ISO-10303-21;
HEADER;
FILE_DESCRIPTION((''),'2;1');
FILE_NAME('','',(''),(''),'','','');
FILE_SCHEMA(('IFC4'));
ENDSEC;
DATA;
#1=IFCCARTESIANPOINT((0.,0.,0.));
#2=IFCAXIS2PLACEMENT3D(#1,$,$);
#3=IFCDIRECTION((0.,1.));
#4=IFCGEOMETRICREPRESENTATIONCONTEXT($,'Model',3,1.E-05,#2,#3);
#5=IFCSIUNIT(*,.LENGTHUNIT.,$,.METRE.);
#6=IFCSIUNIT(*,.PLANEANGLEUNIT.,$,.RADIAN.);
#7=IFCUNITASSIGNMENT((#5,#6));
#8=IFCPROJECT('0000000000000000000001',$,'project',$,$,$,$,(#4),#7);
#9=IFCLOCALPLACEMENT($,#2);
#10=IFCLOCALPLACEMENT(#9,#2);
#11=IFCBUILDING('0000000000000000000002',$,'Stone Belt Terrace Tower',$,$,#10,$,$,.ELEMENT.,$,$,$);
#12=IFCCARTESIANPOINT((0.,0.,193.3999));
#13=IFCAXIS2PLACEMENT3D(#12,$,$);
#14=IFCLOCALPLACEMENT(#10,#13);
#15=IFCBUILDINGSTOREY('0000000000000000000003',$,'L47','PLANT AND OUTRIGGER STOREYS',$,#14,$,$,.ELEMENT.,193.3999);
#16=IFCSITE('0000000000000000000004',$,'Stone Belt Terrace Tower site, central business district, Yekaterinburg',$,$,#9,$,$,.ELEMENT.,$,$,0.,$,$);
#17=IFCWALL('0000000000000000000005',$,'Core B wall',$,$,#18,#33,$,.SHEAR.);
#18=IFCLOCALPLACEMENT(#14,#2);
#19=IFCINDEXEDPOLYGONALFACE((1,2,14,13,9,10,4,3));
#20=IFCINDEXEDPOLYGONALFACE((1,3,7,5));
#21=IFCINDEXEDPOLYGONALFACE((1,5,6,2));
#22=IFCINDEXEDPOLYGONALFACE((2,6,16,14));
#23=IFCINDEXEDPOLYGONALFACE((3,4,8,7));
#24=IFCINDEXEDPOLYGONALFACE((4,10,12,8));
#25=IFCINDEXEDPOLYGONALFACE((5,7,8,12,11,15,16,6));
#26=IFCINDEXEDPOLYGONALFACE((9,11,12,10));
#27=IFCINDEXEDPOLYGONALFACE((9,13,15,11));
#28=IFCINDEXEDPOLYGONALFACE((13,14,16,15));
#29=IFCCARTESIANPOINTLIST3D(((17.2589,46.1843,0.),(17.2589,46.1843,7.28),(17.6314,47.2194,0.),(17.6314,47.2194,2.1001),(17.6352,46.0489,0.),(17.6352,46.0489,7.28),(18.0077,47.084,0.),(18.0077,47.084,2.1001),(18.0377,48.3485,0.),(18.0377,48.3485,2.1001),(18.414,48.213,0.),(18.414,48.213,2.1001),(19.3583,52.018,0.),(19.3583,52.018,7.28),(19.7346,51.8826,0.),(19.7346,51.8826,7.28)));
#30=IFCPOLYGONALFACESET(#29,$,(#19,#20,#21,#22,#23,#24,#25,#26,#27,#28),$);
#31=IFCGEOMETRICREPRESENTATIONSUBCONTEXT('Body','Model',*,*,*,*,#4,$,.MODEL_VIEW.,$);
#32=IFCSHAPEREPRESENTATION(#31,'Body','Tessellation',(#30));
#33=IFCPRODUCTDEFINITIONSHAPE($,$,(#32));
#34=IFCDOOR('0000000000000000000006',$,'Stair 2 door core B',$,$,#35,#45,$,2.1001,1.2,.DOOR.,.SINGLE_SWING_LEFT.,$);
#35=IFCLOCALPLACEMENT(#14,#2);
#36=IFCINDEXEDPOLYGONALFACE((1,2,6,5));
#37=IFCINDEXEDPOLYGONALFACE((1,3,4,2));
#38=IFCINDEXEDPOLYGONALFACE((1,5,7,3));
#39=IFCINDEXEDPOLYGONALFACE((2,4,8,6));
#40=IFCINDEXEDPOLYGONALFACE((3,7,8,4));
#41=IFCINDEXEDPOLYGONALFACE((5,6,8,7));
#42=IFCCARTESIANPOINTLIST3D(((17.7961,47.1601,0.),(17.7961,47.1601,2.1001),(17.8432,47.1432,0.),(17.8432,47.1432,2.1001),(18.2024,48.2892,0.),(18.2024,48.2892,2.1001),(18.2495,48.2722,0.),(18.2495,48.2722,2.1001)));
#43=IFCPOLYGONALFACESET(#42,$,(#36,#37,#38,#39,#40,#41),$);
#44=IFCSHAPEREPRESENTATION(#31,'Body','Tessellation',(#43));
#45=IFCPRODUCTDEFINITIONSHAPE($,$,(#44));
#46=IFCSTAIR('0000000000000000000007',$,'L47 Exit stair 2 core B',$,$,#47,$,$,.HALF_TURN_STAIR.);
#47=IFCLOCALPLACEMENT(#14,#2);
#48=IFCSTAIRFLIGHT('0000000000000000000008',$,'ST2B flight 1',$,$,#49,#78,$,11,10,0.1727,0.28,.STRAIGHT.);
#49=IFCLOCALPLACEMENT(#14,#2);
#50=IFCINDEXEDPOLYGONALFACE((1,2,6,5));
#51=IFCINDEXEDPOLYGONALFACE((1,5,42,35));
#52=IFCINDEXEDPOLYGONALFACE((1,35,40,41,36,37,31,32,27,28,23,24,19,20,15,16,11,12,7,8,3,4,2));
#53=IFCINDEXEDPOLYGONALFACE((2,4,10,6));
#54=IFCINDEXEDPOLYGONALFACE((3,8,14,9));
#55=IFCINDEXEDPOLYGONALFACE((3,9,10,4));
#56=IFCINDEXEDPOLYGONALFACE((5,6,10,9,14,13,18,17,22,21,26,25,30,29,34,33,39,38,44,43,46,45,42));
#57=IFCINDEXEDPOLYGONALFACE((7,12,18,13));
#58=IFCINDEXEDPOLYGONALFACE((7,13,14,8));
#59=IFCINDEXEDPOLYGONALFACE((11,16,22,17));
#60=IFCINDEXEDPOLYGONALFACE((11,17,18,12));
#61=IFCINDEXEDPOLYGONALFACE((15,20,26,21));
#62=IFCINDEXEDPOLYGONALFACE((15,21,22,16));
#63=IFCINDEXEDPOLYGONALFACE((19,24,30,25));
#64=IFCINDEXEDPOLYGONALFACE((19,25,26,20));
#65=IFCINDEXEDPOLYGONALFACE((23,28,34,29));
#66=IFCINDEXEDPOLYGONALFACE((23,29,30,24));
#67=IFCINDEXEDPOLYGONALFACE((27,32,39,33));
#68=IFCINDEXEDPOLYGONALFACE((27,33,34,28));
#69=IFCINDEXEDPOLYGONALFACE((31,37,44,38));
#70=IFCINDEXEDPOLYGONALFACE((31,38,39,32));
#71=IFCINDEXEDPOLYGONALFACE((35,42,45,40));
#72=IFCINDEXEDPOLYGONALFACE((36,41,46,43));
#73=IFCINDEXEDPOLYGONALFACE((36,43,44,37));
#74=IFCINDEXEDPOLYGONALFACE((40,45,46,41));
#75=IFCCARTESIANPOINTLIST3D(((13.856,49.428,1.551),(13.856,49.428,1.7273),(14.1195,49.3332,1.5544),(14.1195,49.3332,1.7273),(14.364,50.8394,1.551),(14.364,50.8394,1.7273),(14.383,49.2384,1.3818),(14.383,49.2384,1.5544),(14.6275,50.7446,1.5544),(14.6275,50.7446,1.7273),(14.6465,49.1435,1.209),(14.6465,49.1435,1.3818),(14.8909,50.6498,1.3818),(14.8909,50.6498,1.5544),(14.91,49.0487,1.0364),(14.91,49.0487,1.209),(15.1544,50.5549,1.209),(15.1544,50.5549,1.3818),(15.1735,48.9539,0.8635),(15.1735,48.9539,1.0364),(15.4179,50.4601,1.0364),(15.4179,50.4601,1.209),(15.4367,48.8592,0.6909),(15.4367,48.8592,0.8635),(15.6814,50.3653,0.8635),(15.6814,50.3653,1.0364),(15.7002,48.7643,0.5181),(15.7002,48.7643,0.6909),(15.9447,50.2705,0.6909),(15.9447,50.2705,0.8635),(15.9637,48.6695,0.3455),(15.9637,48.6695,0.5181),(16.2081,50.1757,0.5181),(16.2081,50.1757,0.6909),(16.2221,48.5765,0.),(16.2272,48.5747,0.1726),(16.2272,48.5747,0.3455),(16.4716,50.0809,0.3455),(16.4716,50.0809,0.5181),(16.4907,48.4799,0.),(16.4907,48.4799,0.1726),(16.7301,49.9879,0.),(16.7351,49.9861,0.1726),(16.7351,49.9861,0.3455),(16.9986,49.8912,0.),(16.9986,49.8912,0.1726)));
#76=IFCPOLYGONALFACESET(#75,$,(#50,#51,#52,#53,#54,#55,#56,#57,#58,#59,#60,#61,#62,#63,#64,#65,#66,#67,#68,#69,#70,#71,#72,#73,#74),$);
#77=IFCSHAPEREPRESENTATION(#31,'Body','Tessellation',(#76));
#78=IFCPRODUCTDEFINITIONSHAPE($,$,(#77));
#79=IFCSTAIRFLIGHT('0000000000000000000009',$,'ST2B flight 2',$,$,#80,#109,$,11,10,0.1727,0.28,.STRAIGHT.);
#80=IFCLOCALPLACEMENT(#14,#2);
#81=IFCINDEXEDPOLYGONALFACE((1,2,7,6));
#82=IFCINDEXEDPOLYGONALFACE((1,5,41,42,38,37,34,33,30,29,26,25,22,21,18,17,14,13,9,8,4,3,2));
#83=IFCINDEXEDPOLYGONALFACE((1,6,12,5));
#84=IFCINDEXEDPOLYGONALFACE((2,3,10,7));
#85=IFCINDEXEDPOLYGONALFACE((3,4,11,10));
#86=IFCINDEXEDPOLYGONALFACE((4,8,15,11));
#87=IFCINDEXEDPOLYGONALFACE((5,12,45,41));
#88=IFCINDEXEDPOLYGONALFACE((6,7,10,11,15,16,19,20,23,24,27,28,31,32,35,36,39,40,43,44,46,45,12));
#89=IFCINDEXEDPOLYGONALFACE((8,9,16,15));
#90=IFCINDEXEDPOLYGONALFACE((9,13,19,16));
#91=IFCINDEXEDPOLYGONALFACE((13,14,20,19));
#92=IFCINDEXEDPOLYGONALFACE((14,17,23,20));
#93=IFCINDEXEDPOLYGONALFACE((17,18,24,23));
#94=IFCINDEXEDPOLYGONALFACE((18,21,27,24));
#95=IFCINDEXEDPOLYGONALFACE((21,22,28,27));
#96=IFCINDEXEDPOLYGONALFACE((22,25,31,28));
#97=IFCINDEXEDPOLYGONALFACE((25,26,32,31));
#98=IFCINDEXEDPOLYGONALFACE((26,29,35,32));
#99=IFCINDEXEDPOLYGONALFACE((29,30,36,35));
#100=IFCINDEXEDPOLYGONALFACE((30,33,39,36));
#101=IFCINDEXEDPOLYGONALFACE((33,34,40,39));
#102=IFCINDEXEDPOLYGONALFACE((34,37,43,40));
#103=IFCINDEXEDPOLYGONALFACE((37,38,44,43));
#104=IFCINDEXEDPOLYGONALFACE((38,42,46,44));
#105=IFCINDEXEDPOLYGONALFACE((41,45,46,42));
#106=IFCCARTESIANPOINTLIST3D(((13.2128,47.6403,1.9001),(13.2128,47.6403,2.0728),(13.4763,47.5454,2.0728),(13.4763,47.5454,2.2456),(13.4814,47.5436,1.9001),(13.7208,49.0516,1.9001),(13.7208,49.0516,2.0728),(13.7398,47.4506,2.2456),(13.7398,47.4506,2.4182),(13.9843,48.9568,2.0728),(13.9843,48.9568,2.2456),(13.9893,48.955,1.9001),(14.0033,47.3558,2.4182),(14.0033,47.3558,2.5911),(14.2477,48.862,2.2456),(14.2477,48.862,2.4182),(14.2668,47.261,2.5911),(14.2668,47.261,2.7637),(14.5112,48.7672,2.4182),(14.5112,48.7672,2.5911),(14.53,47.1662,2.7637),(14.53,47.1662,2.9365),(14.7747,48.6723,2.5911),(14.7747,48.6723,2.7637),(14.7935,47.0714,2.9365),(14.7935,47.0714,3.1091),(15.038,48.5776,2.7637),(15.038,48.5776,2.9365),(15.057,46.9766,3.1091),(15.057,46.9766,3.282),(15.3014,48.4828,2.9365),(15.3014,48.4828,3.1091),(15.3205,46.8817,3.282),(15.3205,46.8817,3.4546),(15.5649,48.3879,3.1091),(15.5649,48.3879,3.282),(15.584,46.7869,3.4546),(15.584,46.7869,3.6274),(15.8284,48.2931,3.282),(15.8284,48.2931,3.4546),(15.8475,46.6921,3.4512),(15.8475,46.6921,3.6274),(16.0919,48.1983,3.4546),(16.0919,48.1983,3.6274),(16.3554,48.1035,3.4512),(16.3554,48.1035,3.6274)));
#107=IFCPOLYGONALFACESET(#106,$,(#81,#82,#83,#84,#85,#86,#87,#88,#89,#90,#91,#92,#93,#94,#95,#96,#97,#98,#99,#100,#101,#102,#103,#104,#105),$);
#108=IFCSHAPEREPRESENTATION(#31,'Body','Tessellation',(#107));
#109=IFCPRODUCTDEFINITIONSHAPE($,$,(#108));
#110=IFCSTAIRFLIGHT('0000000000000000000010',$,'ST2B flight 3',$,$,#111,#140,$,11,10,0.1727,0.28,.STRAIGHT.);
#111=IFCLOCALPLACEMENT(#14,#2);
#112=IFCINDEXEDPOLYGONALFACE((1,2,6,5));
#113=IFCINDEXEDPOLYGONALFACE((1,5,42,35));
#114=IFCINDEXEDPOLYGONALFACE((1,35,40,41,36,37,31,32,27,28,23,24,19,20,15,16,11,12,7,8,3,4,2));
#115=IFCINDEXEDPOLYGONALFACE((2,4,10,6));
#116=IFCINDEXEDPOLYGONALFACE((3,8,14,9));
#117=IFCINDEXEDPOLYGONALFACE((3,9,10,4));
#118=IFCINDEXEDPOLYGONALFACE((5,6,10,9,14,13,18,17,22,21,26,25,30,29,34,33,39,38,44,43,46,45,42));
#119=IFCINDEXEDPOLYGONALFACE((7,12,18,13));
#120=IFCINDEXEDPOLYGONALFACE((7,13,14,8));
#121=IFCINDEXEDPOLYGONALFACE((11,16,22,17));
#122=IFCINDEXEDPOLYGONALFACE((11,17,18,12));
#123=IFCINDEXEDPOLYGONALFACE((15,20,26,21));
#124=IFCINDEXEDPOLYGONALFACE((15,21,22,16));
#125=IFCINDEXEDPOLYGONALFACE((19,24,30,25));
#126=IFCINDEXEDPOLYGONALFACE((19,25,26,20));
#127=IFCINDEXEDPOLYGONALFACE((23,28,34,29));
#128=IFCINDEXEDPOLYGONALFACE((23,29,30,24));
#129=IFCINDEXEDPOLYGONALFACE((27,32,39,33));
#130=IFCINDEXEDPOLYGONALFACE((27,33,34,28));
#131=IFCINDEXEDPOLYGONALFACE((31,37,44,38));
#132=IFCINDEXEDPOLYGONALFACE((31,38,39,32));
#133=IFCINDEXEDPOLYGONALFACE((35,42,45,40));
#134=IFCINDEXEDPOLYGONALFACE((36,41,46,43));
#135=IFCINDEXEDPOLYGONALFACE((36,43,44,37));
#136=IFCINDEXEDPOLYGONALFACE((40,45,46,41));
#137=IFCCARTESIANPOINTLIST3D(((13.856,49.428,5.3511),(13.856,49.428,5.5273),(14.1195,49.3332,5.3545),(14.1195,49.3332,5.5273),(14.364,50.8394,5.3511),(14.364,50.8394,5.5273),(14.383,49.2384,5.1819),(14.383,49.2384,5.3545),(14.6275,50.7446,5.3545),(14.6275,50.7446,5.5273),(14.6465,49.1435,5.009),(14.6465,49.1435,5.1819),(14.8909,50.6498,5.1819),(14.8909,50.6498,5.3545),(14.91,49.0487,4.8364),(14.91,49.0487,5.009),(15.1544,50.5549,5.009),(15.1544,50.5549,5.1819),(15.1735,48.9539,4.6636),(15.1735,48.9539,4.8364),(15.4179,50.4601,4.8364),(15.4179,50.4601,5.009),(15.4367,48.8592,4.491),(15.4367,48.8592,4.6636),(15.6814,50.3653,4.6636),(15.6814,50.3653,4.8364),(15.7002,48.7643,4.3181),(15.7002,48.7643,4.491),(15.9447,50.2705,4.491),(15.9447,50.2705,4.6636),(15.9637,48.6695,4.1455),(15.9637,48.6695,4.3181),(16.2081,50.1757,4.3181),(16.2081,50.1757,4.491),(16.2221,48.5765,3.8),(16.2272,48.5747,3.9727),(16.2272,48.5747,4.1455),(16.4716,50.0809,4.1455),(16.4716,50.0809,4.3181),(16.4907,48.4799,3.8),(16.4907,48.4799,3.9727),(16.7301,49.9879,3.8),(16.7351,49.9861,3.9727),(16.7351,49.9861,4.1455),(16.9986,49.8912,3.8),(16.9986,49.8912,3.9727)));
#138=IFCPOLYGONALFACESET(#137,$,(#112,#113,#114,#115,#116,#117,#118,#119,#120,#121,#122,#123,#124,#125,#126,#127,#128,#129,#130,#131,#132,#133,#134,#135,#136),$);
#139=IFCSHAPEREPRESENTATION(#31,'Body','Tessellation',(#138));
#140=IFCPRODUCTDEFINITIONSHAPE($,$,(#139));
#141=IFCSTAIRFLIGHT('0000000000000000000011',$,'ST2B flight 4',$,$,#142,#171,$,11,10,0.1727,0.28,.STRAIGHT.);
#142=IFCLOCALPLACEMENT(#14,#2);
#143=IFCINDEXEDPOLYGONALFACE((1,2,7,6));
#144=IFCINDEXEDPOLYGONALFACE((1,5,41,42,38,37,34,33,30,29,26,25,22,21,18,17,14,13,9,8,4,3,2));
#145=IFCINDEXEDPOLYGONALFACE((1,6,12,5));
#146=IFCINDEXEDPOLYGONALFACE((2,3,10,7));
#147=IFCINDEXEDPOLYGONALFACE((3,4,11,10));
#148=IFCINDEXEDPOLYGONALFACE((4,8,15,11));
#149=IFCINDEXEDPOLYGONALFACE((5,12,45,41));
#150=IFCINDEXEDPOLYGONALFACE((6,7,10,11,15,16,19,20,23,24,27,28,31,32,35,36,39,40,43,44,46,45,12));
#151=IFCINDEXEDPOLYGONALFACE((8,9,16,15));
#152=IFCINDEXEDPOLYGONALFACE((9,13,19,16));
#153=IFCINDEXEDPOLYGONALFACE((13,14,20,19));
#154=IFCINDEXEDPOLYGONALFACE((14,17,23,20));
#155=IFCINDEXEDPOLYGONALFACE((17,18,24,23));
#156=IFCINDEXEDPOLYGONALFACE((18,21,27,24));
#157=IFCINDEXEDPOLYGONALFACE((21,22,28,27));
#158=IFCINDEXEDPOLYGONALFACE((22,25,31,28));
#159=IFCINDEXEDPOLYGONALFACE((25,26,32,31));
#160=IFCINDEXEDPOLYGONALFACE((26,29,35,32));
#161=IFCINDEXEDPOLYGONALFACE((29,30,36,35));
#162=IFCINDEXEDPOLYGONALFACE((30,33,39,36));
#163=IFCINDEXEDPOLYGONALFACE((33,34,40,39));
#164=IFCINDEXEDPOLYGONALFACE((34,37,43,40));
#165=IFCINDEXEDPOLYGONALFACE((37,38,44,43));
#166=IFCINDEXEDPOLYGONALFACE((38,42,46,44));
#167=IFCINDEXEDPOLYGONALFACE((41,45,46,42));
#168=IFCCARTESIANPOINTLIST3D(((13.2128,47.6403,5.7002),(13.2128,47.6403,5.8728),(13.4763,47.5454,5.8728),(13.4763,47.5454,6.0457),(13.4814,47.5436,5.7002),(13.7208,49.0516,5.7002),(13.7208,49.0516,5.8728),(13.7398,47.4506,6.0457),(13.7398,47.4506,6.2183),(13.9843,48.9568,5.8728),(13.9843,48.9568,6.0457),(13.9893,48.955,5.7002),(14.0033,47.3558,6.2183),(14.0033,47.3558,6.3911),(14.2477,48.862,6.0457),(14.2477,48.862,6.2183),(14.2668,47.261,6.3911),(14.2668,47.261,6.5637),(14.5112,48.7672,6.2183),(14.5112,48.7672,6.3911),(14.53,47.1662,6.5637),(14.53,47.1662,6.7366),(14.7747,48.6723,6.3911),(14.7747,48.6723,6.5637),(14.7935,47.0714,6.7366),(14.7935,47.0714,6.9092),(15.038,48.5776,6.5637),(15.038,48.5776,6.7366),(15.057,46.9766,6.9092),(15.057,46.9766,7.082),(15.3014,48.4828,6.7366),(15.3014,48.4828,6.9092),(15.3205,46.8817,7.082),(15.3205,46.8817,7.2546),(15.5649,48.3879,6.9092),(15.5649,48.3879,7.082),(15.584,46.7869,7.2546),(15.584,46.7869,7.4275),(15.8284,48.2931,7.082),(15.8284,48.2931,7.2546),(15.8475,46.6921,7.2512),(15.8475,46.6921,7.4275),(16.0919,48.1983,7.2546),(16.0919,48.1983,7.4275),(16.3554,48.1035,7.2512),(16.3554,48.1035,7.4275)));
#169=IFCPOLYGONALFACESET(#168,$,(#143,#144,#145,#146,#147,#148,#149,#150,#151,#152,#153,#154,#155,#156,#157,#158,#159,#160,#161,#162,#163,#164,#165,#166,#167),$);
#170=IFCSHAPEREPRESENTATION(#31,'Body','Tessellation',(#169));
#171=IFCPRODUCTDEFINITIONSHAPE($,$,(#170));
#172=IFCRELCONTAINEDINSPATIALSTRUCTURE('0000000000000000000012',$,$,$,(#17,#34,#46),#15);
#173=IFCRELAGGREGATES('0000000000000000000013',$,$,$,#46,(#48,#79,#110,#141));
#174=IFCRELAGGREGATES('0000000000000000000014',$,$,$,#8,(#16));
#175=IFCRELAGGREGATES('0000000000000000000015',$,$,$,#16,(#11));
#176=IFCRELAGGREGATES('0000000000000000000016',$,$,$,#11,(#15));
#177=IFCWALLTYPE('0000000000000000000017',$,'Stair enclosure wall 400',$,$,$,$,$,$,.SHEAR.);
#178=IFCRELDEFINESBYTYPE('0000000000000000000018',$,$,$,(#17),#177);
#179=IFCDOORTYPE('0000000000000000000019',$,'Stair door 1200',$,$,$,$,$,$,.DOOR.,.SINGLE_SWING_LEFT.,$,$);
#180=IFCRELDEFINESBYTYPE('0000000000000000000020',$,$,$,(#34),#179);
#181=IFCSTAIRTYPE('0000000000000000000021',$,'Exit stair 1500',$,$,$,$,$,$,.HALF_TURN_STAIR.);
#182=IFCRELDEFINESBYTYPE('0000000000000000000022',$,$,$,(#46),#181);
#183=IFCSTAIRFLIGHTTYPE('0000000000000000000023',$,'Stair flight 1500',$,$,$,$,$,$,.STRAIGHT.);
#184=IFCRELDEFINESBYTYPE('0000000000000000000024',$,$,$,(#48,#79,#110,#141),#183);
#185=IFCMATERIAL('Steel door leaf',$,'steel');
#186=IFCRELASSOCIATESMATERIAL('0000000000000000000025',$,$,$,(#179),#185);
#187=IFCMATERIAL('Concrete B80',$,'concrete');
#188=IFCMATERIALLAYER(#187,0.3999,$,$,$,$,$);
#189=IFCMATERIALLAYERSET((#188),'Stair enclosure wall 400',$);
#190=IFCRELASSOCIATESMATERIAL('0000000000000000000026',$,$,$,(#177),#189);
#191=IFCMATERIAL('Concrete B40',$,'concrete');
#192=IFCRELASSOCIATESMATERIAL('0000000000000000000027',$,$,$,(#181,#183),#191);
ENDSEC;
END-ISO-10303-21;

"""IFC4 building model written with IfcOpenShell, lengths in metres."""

from ifc_helpers import new_model, si_unit, direction, frame, frame_2d, origin, place, context, subcontext, project, spatial, polyline, rectangle, outline, extrude, material, layer, layer_set, type_object, element, fill, aggregate, save


model = new_model("IFC4")

# Units and contexts
model_context = context("Model", 3, precision=1e-05, world=origin(), true_north=direction((0.0, 1.0)))
body_context = subcontext(model_context, "Body", "Model", "MODEL_VIEW")
ifc_project = project(units=[si_unit("LENGTHUNIT", "METRE"), si_unit("PLANEANGLEUNIT", "RADIAN")], contexts=[model_context])

# Site, building, storey
site_placement = place(None, origin())
site = spatial("IfcSite", under=ifc_project, at=site_placement, Name="Stone Belt Terrace Tower site, central business district, Yekaterinburg", CompositionType="ELEMENT", RefElevation=0.0)
building_placement = place(site_placement, origin())
building = spatial("IfcBuilding", under=site, at=building_placement, Name="Stone Belt Terrace Tower", CompositionType="ELEMENT")
storey_placement = place(building_placement, frame((0.0, 0.0, 193.3999)))
storey = spatial("IfcBuildingStorey", under=building, at=storey_placement, Name="L47", Description="PLANT AND OUTRIGGER STOREYS", CompositionType="ELEMENT", Elevation=193.3999)

# Shared definitions
ifc_material_1 = material(Name="Concrete B80", Category="concrete")

# Wall, opening, door
ifc_material_2 = material(Name="Steel door leaf", Category="steel")
door_type_1 = type_object("IfcDoorType", Name="Stair door 1200", OperationType="SINGLE_SWING_LEFT", PredefinedType="DOOR", material=ifc_material_2)
ifc_layer_1 = layer(ifc_material_1, 0.3999)
ifc_layer_set_1 = layer_set([ifc_layer_1], Name="Stair enclosure wall 400")
wall_type_1 = type_object("IfcWallType", Name="Stair enclosure wall 400", PredefinedType="SHEAR", material=ifc_layer_set_1)
wall_1_placement = place(storey_placement, frame((17.447, 46.1165, 0.0), z_axis=(0.0, 0.0, 1.0), x_axis=(0.338608, 0.940928, 0.0)))
wall_1 = element("IfcWall", 1, at=wall_1_placement, inside=storey, type_object=wall_type_1, Name="Core B wall", PredefinedType="SHEAR", context=body_context, shape_type="SweptSolid", body=[
    extrude(rectangle(XDim=6.2, YDim=0.3999, at=frame_2d((3.1001, 0.0))), origin(), (0.0, 0.0, 1.0), 7.28),
])
opening_1_placement = place(wall_1_placement, frame((1.1001, 0.0, 0.0)))
opening_1 = element("IfcOpeningElement", 2, at=opening_1_placement, cuts=wall_1, PredefinedType="OPENING", context=body_context, shape_type="SweptSolid", body=[
    extrude(rectangle(XDim=1.2, YDim=2.1001, at=frame_2d((0.6001, 1.05))), frame((0.0, 0.21, 0.0), z_axis=(0.0, -1.0, 0.0), x_axis=(1.0, 0.0, 0.0)), (0.0, 0.0, 1.0), 0.4199),
])
door_1_placement = place(opening_1_placement, origin())
door_1 = element("IfcDoor", 3, at=door_1_placement, inside=storey, type_object=door_type_1, Name="Stair 2 door core B", OperationType="SINGLE_SWING_LEFT", OverallHeight=2.1001, OverallWidth=1.2, PredefinedType="DOOR", context=body_context, shape_type="SweptSolid", body=[
    extrude(rectangle(XDim=1.2, YDim=2.1001, at=frame_2d((0.6001, 1.05))), frame((0.0, 0.0249, 0.0), z_axis=(0.0, -1.0, 0.0), x_axis=(1.0, 0.0, 0.0)), (0.0, 0.0, 1.0), 0.05),
])
fill(opening_1, door_1)

# Stair, stair flights
ifc_material_3 = material(Name="Concrete B40", Category="concrete")
stair_type = type_object("IfcStairType", Name="Exit stair 1500", PredefinedType="HALF_TURN_STAIR", material=ifc_material_3)
stair_placement = place(storey_placement, origin())
stair = element("IfcStair", 4, at=stair_placement, inside=storey, type_object=stair_type, Name="L47 Exit stair 2 core B", PredefinedType="HALF_TURN_STAIR")
stair_flight_type = type_object("IfcStairFlightType", Name="Stair flight 1500", PredefinedType="STRAIGHT", material=ifc_material_3)
stair_flight_1_placement = place(storey_placement, frame((16.7446, 49.1855, 0.0), z_axis=(0.0, 0.0, 1.0), x_axis=(-0.940922, 0.338624, 0.0)))
stair_flight_1 = element("IfcStairFlight", 5, at=stair_flight_1_placement, type_object=stair_flight_type, Name="ST2B flight 1", NumberOfRisers=11, NumberOfTreads=10, PredefinedType="STRAIGHT", RiserHeight=0.1727, TreadLength=0.28, context=body_context, shape_type="SweptSolid", body=[
    extrude(outline(polyline([(0.0, 0.0), (0.0, 0.1726), (0.28, 0.1726), (0.28, 0.3455), (0.5601, 0.3455), (0.5601, 0.5181), (0.8401, 0.5181), (0.8401, 0.6909), (1.1201, 0.6909), (1.1201, 0.8635), (1.3999, 0.8635), (1.3999, 1.0364), (1.6799, 1.0364), (1.6799, 1.209), (1.96, 1.209), (1.96, 1.3818), (2.24, 1.3818), (2.24, 1.5544), (2.52, 1.5544), (2.52, 1.7273), (2.8, 1.7273), (2.8, 1.8999), (2.8, 1.551), (0.2854, 0.0), (0.0, 0.0)])), frame((0.0, 0.75, 0.0), z_axis=(0.0, -1.0, 0.0), x_axis=(1.0, 0.0, 0.0)), (0.0, 0.0, 1.0), 1.5),
])
stair_flight_2_placement = place(storey_placement, frame((13.4668, 48.3459, 1.9001), z_axis=(0.0, 0.0, 1.0), x_axis=(0.940922, -0.338624, 0.0)))
stair_flight_2 = element("IfcStairFlight", 6, at=stair_flight_2_placement, type_object=stair_flight_type, Name="ST2B flight 2", NumberOfRisers=11, NumberOfTreads=10, PredefinedType="STRAIGHT", RiserHeight=0.1727, TreadLength=0.28, context=body_context, shape_type="SweptSolid", body=[
    extrude(outline(polyline([(0.0, 0.0), (0.0, 0.1726), (0.28, 0.1726), (0.28, 0.3455), (0.5601, 0.3455), (0.5601, 0.5181), (0.8401, 0.5181), (0.8401, 0.6909), (1.1201, 0.6909), (1.1201, 0.8635), (1.3999, 0.8635), (1.3999, 1.0364), (1.6799, 1.0364), (1.6799, 1.209), (1.96, 1.209), (1.96, 1.3818), (2.24, 1.3818), (2.24, 1.5544), (2.52, 1.5544), (2.52, 1.7273), (2.8, 1.7273), (2.8, 1.8999), (2.8, 1.551), (0.2854, 0.0), (0.0, 0.0)])), frame((0.0, 0.75, 0.0), z_axis=(0.0, -1.0, 0.0), x_axis=(1.0, 0.0, 0.0)), (0.0, 0.0, 1.0), 1.5),
])
stair_flight_3_placement = place(storey_placement, frame((16.7446, 49.1855, 3.8), z_axis=(0.0, 0.0, 1.0), x_axis=(-0.940922, 0.338624, 0.0)))
stair_flight_3 = element("IfcStairFlight", 7, at=stair_flight_3_placement, type_object=stair_flight_type, Name="ST2B flight 3", NumberOfRisers=11, NumberOfTreads=10, PredefinedType="STRAIGHT", RiserHeight=0.1727, TreadLength=0.28, context=body_context, shape_type="SweptSolid", body=[
    extrude(outline(polyline([(0.0, 0.0), (0.0, 0.1726), (0.28, 0.1726), (0.28, 0.3455), (0.5601, 0.3455), (0.5601, 0.5181), (0.8401, 0.5181), (0.8401, 0.6909), (1.1201, 0.6909), (1.1201, 0.8635), (1.3999, 0.8635), (1.3999, 1.0364), (1.6799, 1.0364), (1.6799, 1.209), (1.96, 1.209), (1.96, 1.3818), (2.24, 1.3818), (2.24, 1.5544), (2.52, 1.5544), (2.52, 1.7273), (2.8, 1.7273), (2.8, 1.8999), (2.8, 1.551), (0.2854, 0.0), (0.0, 0.0)])), frame((0.0, 0.75, 0.0), z_axis=(0.0, -1.0, 0.0), x_axis=(1.0, 0.0, 0.0)), (0.0, 0.0, 1.0), 1.5),
])
stair_flight_4_placement = place(storey_placement, frame((13.4668, 48.3459, 5.7002), z_axis=(0.0, 0.0, 1.0), x_axis=(0.940922, -0.338624, 0.0)))
stair_flight_4 = element("IfcStairFlight", 8, at=stair_flight_4_placement, type_object=stair_flight_type, Name="ST2B flight 4", NumberOfRisers=11, NumberOfTreads=10, PredefinedType="STRAIGHT", RiserHeight=0.1727, TreadLength=0.28, context=body_context, shape_type="SweptSolid", body=[
    extrude(outline(polyline([(0.0, 0.0), (0.0, 0.1726), (0.28, 0.1726), (0.28, 0.3455), (0.5601, 0.3455), (0.5601, 0.5181), (0.8401, 0.5181), (0.8401, 0.6909), (1.1201, 0.6909), (1.1201, 0.8635), (1.3999, 0.8635), (1.3999, 1.0364), (1.6799, 1.0364), (1.6799, 1.209), (1.96, 1.209), (1.96, 1.3818), (2.24, 1.3818), (2.24, 1.5544), (2.52, 1.5544), (2.52, 1.7273), (2.8, 1.7273), (2.8, 1.8999), (2.8, 1.551), (0.2854, 0.0), (0.0, 0.0)])), frame((0.0, 0.75, 0.0), z_axis=(0.0, -1.0, 0.0), x_axis=(1.0, 0.0, 0.0)), (0.0, 0.0, 1.0), 1.5),
])
aggregate(stair, [stair_flight_1, stair_flight_2, stair_flight_3, stair_flight_4])

save(model, "model.ifc")
